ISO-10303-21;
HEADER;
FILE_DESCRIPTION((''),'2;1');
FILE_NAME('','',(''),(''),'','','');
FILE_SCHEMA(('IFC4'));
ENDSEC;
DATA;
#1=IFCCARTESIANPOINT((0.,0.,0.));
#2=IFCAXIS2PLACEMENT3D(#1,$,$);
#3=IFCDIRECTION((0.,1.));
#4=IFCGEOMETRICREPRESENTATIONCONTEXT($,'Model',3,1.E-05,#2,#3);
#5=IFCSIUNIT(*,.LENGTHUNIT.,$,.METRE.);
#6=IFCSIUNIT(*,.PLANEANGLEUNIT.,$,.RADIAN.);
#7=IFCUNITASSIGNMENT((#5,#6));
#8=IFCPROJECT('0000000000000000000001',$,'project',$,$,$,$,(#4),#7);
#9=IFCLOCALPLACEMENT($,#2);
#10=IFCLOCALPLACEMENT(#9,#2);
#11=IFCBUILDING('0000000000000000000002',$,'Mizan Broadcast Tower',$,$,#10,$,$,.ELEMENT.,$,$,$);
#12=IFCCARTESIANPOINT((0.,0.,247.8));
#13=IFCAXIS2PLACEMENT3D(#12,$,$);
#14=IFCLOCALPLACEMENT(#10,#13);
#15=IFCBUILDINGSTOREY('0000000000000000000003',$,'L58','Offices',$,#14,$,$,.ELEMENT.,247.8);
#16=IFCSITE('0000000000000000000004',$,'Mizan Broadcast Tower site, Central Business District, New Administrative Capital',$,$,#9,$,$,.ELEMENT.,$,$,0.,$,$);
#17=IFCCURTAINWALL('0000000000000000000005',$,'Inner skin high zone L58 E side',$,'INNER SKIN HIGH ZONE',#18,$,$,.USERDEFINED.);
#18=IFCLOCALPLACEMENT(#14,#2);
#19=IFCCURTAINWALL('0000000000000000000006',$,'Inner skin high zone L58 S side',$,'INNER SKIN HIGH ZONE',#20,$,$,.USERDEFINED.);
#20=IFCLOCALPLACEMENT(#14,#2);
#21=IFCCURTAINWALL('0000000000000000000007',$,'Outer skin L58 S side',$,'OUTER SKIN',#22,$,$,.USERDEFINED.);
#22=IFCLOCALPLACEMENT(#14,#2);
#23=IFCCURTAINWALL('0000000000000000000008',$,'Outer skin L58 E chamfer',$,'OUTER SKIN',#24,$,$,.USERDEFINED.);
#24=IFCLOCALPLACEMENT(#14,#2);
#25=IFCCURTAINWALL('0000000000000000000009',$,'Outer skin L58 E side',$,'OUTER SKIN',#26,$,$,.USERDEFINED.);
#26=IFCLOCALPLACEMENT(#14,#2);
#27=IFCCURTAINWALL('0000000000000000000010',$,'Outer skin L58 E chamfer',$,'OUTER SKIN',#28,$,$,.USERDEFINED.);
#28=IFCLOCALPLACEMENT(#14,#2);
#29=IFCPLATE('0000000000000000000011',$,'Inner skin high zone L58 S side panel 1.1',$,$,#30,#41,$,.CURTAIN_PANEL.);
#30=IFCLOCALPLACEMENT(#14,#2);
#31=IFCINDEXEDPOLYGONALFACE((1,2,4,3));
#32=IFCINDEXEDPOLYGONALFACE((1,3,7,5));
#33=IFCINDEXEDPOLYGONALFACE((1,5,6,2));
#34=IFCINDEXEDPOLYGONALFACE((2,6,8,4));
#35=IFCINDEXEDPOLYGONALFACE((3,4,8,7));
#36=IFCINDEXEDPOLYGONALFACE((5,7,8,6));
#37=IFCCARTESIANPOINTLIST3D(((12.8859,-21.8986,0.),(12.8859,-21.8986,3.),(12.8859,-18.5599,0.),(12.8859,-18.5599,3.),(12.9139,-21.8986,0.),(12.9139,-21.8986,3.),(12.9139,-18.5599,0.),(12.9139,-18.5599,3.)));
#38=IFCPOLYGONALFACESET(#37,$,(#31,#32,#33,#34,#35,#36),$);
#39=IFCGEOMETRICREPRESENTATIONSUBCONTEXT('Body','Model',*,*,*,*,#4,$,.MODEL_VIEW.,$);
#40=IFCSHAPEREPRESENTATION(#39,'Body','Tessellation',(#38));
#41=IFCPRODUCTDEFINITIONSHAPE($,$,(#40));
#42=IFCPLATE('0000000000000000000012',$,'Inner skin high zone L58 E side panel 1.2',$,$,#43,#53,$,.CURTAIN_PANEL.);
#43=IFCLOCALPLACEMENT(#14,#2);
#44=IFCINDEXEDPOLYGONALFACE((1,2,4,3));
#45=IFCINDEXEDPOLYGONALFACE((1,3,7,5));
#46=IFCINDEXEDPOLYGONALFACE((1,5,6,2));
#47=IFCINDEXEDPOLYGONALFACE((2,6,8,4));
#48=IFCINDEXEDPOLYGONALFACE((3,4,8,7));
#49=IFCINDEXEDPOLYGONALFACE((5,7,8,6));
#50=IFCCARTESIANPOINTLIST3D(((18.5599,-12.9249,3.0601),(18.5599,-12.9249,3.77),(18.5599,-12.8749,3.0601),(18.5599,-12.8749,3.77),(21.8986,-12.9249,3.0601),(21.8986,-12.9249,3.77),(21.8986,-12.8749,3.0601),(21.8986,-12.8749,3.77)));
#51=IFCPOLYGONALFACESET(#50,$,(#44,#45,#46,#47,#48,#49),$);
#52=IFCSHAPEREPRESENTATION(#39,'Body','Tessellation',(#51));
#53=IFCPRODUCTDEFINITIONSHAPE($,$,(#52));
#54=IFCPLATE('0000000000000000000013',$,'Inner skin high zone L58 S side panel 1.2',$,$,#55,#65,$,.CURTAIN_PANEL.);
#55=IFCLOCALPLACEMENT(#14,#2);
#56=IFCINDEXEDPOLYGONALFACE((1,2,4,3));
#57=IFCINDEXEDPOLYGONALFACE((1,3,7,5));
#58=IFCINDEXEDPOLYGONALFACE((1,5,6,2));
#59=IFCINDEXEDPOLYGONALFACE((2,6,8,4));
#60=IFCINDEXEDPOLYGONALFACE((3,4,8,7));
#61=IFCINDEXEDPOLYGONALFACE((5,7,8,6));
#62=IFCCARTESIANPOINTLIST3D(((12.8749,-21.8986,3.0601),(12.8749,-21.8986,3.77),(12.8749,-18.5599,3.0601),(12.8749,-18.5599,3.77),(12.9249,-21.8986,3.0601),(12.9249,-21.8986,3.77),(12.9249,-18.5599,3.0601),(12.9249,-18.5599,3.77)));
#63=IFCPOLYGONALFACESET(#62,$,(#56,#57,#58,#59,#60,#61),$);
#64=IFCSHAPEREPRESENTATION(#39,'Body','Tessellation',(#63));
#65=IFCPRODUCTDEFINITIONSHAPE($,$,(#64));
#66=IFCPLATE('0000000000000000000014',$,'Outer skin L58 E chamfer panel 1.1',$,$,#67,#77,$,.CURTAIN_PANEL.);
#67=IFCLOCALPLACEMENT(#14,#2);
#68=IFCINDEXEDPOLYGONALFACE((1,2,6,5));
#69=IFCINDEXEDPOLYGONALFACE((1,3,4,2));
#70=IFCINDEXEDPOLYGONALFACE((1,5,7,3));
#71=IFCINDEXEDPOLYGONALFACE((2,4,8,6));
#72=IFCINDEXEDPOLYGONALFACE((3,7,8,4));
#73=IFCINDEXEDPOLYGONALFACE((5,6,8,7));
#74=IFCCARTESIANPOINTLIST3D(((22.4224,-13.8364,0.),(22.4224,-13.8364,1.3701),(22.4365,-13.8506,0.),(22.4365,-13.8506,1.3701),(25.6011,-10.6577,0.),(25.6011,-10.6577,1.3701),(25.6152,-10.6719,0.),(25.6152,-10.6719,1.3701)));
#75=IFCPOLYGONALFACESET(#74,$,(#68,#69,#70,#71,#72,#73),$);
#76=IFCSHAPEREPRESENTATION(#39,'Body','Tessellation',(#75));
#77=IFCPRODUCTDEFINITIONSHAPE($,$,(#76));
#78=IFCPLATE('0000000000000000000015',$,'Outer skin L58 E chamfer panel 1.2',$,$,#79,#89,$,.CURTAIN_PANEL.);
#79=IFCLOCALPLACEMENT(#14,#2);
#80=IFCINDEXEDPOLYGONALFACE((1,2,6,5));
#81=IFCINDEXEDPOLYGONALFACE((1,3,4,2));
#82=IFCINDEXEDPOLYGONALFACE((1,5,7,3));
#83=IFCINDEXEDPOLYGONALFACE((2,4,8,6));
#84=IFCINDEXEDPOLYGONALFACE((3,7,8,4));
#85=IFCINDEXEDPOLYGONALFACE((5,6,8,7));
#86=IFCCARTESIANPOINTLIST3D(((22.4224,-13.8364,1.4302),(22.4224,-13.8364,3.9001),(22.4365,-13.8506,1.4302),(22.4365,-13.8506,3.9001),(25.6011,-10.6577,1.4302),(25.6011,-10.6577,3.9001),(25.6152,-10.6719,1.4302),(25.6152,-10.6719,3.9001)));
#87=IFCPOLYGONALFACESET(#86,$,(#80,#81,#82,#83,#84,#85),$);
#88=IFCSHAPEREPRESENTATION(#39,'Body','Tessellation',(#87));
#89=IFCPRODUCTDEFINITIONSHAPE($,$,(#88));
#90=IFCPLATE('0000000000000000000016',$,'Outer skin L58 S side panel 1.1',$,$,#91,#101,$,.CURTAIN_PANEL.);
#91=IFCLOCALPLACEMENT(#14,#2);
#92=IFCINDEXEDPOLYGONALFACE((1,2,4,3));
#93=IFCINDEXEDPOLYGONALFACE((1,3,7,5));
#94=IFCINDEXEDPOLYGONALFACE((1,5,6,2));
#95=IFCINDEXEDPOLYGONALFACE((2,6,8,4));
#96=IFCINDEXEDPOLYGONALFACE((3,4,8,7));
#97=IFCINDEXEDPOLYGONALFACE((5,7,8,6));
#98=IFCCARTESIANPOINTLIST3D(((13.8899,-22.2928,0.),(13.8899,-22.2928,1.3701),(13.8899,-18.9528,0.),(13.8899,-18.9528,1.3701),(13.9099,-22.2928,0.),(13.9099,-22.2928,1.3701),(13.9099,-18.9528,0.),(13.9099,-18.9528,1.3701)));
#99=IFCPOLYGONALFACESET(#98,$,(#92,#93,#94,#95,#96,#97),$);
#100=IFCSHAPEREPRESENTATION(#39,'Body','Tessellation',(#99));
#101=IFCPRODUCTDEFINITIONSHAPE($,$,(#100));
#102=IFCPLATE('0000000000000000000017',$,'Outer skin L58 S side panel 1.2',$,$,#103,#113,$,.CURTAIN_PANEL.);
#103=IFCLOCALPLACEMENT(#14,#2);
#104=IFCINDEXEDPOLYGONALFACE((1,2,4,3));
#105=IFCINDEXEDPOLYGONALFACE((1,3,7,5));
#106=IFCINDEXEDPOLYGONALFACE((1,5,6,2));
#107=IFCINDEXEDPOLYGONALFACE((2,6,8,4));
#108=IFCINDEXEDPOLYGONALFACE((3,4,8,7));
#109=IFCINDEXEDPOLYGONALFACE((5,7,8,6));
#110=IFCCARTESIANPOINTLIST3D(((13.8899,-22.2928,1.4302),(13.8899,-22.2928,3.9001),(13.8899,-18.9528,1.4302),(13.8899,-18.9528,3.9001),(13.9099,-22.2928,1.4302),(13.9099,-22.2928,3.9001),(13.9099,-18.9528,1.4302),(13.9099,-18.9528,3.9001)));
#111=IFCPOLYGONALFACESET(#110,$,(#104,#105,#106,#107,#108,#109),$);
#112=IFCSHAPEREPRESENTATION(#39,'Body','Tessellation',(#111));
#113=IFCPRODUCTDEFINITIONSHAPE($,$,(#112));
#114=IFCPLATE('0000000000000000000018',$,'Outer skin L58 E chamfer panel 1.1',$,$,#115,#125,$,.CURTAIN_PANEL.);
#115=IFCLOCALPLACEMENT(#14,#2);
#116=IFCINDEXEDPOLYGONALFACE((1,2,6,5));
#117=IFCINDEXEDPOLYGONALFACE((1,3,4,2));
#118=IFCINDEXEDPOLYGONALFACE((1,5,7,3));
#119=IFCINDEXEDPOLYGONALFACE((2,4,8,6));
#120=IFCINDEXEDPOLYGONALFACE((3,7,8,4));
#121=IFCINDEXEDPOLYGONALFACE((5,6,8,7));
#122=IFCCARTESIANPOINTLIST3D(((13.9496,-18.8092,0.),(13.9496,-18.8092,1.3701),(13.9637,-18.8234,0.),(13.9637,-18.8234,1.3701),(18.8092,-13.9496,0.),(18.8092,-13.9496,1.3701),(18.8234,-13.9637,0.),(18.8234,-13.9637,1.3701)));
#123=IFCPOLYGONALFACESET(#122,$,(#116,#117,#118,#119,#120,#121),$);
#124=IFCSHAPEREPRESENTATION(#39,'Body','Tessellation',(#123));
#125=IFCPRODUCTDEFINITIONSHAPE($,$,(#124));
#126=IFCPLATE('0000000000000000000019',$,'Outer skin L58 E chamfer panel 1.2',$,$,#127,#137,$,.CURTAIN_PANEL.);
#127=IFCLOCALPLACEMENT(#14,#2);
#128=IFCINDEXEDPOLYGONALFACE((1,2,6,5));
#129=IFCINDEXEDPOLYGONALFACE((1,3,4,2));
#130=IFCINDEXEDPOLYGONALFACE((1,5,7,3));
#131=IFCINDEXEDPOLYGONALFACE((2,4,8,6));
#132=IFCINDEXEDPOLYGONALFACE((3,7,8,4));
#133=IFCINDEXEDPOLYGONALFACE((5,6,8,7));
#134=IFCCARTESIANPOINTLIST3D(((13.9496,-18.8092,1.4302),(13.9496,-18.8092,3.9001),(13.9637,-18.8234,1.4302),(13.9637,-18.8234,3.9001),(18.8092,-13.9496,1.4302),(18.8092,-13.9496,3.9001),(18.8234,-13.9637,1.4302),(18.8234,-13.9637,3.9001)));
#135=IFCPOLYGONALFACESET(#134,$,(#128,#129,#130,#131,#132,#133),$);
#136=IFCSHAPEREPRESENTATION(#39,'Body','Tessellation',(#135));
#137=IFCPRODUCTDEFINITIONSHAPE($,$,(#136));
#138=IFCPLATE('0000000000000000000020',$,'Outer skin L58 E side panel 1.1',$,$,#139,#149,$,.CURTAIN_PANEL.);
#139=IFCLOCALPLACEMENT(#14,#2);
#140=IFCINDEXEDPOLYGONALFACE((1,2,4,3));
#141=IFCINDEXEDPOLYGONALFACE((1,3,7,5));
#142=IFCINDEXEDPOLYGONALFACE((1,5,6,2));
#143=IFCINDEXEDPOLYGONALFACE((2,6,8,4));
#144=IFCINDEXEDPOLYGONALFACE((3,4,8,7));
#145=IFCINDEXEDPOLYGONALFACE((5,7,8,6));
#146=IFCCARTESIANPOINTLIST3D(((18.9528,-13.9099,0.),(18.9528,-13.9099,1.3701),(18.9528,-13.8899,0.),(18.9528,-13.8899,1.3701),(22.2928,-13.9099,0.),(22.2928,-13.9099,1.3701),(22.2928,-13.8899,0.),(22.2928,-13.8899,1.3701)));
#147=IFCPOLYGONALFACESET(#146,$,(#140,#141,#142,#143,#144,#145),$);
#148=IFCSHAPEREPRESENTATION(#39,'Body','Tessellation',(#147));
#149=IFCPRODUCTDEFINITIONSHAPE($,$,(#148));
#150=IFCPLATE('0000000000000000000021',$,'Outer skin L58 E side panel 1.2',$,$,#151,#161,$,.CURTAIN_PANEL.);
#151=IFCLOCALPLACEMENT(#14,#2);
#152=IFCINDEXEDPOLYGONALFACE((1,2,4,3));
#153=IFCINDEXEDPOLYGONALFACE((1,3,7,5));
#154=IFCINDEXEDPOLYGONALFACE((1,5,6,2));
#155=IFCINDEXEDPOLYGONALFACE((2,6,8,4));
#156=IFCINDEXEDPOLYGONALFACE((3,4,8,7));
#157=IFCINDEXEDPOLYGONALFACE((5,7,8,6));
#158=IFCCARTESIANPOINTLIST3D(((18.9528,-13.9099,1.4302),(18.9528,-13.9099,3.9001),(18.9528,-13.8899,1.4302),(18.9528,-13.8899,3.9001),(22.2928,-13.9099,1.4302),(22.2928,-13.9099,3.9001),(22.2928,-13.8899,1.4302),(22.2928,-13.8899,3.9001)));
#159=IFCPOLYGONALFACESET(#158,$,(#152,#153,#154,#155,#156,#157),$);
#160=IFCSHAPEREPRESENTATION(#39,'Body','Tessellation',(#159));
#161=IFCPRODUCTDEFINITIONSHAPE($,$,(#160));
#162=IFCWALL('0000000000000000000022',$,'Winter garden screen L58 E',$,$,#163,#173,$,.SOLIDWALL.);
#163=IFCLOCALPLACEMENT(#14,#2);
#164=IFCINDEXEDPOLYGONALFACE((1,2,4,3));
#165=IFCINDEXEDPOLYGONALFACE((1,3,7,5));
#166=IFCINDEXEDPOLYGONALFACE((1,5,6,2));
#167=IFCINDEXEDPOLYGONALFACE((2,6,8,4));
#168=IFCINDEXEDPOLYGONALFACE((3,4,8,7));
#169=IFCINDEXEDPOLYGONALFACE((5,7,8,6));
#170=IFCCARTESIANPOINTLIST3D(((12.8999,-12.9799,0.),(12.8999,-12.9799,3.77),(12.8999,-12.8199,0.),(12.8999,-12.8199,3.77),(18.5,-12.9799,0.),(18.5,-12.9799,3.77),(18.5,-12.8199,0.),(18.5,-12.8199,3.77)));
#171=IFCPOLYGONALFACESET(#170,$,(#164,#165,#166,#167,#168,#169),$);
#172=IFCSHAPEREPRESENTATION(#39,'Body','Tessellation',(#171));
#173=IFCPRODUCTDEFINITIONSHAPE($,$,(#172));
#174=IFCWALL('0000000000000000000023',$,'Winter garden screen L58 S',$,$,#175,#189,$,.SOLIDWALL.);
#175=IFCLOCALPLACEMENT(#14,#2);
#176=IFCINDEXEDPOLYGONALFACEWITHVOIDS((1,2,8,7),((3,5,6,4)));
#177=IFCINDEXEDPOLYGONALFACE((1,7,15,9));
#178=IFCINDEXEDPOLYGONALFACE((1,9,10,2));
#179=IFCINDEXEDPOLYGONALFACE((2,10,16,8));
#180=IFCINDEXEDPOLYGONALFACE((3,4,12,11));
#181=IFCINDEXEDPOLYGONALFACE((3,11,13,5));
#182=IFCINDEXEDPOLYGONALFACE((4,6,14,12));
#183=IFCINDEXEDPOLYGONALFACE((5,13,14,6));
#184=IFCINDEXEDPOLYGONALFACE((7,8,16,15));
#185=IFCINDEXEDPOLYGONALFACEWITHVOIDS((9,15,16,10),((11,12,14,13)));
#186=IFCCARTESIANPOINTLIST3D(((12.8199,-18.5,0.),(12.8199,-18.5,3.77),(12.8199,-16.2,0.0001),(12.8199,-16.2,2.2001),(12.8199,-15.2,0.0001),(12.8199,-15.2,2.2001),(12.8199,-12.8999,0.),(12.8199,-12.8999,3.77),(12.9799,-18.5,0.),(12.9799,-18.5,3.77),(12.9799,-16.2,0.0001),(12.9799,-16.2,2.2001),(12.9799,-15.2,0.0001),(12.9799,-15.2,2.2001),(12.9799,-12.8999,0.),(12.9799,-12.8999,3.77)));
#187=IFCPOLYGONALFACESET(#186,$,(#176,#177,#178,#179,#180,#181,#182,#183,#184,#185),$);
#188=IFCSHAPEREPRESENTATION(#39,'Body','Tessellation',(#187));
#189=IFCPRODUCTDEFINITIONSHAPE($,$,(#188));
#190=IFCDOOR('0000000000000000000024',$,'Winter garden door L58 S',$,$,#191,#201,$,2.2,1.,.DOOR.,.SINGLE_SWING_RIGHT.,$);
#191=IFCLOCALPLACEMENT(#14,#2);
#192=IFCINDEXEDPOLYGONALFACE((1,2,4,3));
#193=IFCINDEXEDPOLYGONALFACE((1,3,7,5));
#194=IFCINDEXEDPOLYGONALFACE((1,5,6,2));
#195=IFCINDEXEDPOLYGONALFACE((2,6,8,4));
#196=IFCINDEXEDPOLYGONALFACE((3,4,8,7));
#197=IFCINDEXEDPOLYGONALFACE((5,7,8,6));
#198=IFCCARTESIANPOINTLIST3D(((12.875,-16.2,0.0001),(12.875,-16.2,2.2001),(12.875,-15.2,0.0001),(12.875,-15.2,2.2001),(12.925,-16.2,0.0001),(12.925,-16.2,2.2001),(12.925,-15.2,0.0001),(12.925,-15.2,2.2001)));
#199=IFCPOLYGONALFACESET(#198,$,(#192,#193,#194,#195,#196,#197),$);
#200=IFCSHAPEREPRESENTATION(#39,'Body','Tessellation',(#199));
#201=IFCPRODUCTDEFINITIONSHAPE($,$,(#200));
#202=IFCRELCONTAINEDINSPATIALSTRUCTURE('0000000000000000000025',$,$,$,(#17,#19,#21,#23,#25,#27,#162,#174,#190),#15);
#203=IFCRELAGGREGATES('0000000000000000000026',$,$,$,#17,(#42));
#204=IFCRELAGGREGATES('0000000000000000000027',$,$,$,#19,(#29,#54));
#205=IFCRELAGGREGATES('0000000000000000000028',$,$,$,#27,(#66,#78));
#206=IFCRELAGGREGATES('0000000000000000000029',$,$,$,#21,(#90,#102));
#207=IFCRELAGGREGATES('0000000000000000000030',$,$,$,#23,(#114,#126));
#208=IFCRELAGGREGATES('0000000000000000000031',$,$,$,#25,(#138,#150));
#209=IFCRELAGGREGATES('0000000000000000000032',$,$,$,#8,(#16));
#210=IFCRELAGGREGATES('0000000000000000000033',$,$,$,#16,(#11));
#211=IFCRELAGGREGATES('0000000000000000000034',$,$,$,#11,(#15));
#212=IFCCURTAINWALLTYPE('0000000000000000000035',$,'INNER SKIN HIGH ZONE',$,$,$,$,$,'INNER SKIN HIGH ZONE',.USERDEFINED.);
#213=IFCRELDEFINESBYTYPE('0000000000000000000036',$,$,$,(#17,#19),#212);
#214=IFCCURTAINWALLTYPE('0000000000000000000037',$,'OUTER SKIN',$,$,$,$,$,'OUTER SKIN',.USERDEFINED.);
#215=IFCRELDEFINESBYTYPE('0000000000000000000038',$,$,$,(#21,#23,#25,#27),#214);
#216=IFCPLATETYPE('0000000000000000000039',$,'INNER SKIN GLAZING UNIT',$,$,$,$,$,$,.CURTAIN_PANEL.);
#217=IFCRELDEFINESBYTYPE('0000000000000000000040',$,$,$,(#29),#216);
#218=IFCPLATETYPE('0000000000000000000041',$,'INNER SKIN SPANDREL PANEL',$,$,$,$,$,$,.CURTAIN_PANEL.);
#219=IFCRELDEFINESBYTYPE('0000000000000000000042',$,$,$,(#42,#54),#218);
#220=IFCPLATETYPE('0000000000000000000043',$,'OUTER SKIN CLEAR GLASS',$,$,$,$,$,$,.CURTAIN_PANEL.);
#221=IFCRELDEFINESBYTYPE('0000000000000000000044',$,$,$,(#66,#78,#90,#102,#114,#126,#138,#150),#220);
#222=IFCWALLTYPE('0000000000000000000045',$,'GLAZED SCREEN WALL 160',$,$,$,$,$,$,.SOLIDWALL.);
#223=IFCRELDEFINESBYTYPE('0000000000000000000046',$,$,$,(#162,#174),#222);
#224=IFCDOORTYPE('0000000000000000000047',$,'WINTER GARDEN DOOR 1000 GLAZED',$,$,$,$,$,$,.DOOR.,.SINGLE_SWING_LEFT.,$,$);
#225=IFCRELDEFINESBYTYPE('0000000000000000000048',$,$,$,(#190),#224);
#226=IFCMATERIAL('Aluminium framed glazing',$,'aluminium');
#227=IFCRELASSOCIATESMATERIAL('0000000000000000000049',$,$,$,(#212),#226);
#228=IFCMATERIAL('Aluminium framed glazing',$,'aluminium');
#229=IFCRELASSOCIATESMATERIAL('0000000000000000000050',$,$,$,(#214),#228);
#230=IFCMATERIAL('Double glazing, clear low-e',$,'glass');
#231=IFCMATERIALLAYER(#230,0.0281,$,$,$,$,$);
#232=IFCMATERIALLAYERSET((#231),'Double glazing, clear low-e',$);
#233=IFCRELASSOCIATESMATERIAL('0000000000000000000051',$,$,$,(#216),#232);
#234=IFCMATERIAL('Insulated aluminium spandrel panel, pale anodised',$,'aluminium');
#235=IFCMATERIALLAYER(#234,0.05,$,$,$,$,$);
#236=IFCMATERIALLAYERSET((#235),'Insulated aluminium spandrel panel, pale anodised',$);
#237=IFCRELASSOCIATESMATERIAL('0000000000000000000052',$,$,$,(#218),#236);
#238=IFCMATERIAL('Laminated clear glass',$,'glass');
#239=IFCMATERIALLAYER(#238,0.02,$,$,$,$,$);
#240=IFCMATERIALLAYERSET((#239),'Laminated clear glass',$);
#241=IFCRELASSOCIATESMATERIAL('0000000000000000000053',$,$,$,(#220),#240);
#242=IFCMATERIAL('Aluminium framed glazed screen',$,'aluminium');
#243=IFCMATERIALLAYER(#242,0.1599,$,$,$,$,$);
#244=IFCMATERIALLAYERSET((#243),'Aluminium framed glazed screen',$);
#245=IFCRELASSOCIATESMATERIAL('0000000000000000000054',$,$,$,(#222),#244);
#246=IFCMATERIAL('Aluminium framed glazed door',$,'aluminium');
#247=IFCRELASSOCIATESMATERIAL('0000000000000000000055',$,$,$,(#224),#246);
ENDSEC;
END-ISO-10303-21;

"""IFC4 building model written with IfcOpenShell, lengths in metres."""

from ifc_helpers import new_model, si_unit, direction, frame, frame_2d, origin, origin_2d, place, context, subcontext, project, spatial, rectangle, extrude, material, layer, layer_set, type_object, element, fill, aggregate, save


model = new_model("IFC4")

# Units and contexts
model_context = context("Model", 3, precision=1e-05, world=origin(), true_north=direction((0.0, 1.0)))
body_context = subcontext(model_context, "Body", "Model", "MODEL_VIEW")
ifc_project = project(units=[si_unit("LENGTHUNIT", "METRE"), si_unit("PLANEANGLEUNIT", "RADIAN")], contexts=[model_context])

# Site, building, storey
site_placement = place(None, origin())
site = spatial("IfcSite", under=ifc_project, at=site_placement, Name="Mizan Broadcast Tower site, Central Business District, New Administrative Capital", CompositionType="ELEMENT", RefElevation=0.0)
building_placement = place(site_placement, origin())
building = spatial("IfcBuilding", under=site, at=building_placement, Name="Mizan Broadcast Tower", CompositionType="ELEMENT")
storey_placement = place(building_placement, frame((0.0, 0.0, 247.8)))
storey = spatial("IfcBuildingStorey", under=building, at=storey_placement, Name="L58", Description="Offices", CompositionType="ELEMENT", Elevation=247.8)

# Curtain walls
ifc_material_1 = material(Name="Aluminium framed glazing", Category="aluminium")
curtain_wall_type_1 = type_object("IfcCurtainWallType", Name="INNER SKIN HIGH ZONE", ElementType="INNER SKIN HIGH ZONE", PredefinedType="USERDEFINED", material=ifc_material_1)
curtain_wall_1_placement = place(storey_placement, origin())
curtain_wall_1 = element("IfcCurtainWall", 1, at=curtain_wall_1_placement, inside=storey, type_object=curtain_wall_type_1, Name="Inner skin high zone L58 E side", ObjectType="INNER SKIN HIGH ZONE", PredefinedType="USERDEFINED")
curtain_wall_2_placement = place(storey_placement, origin())
curtain_wall_2 = element("IfcCurtainWall", 2, at=curtain_wall_2_placement, inside=storey, type_object=curtain_wall_type_1, Name="Inner skin high zone L58 S side", ObjectType="INNER SKIN HIGH ZONE", PredefinedType="USERDEFINED")

# Curtain walls
ifc_material_2 = material(Name="Aluminium framed glazing", Category="aluminium")
curtain_wall_type_2 = type_object("IfcCurtainWallType", Name="OUTER SKIN", ElementType="OUTER SKIN", PredefinedType="USERDEFINED", material=ifc_material_2)
curtain_wall_3_placement = place(storey_placement, origin())
curtain_wall_3 = element("IfcCurtainWall", 3, at=curtain_wall_3_placement, inside=storey, type_object=curtain_wall_type_2, Name="Outer skin L58 S side", ObjectType="OUTER SKIN", PredefinedType="USERDEFINED")
curtain_wall_4_placement = place(storey_placement, origin())
curtain_wall_4 = element("IfcCurtainWall", 4, at=curtain_wall_4_placement, inside=storey, type_object=curtain_wall_type_2, Name="Outer skin L58 E chamfer", ObjectType="OUTER SKIN", PredefinedType="USERDEFINED")
curtain_wall_5_placement = place(storey_placement, origin())
curtain_wall_5 = element("IfcCurtainWall", 5, at=curtain_wall_5_placement, inside=storey, type_object=curtain_wall_type_2, Name="Outer skin L58 E side", ObjectType="OUTER SKIN", PredefinedType="USERDEFINED")
curtain_wall_6_placement = place(storey_placement, origin())
curtain_wall_6 = element("IfcCurtainWall", 6, at=curtain_wall_6_placement, inside=storey, type_object=curtain_wall_type_2, Name="Outer skin L58 E chamfer", ObjectType="OUTER SKIN", PredefinedType="USERDEFINED")

# Plates
ifc_material_3 = material(Name="Double glazing, clear low-e", Category="glass")
ifc_layer_1 = layer(ifc_material_3, 0.0281)
ifc_layer_set_1 = layer_set([ifc_layer_1], Name="Double glazing, clear low-e")
plate_type_1 = type_object("IfcPlateType", Name="INNER SKIN GLAZING UNIT", PredefinedType="CURTAIN_PANEL", material=ifc_layer_set_1)
plate_1_placement = place(storey_placement, frame((12.8999, -20.2292, 0.0), z_axis=(0.0, 0.0, 1.0), x_axis=(0.0, 1.0, 0.0)))
plate_1 = element("IfcPlate", 7, at=plate_1_placement, type_object=plate_type_1, Name="Inner skin high zone L58 S side panel 1.1", PredefinedType="CURTAIN_PANEL", context=body_context, shape_type="SweptSolid", body=[
    extrude(rectangle(XDim=3.3386, YDim=0.0281, at=origin_2d()), origin(), (0.0, 0.0, 1.0), 3.0),
])
ifc_material_4 = material(Name="Insulated aluminium spandrel panel, pale anodised", Category="aluminium")
ifc_layer_2 = layer(ifc_material_4, 0.05)
ifc_layer_set_2 = layer_set([ifc_layer_2], Name="Insulated aluminium spandrel panel, pale anodised")
plate_type_2 = type_object("IfcPlateType", Name="INNER SKIN SPANDREL PANEL", PredefinedType="CURTAIN_PANEL", material=ifc_layer_set_2)
plate_2_placement = place(storey_placement, frame((20.2292, -12.8999, 3.0601), z_axis=(0.0, 0.0, 1.0), x_axis=(1.0, 0.0, 0.0)))
plate_2 = element("IfcPlate", 8, at=plate_2_placement, type_object=plate_type_2, Name="Inner skin high zone L58 E side panel 1.2", PredefinedType="CURTAIN_PANEL", context=body_context, shape_type="SweptSolid", body=[
    extrude(rectangle(XDim=3.3386, YDim=0.05, at=origin_2d()), origin(), (0.0, 0.0, 1.0), 0.71),
])
aggregate(curtain_wall_1, [plate_2])
plate_3_placement = place(storey_placement, frame((12.8999, -20.2292, 3.0601), z_axis=(0.0, 0.0, 1.0), x_axis=(0.0, 1.0, 0.0)))
plate_3 = element("IfcPlate", 9, at=plate_3_placement, type_object=plate_type_2, Name="Inner skin high zone L58 S side panel 1.2", PredefinedType="CURTAIN_PANEL", context=body_context, shape_type="SweptSolid", body=[
    extrude(rectangle(XDim=3.3386, YDim=0.05, at=origin_2d()), origin(), (0.0, 0.0, 1.0), 0.71),
])
aggregate(curtain_wall_2, [plate_1, plate_3])
ifc_material_5 = material(Name="Laminated clear glass", Category="glass")
ifc_layer_3 = layer(ifc_material_5, 0.02)
ifc_layer_set_3 = layer_set([ifc_layer_3], Name="Laminated clear glass")
plate_type_3 = type_object("IfcPlateType", Name="OUTER SKIN CLEAR GLASS", PredefinedType="CURTAIN_PANEL", material=ifc_layer_set_3)
plate_4_placement = place(storey_placement, frame((24.0188, -12.2542, 0.0), z_axis=(0.0, 0.0, 1.0), x_axis=(0.707107, 0.707107, 0.0)))
plate_4 = element("IfcPlate", 10, at=plate_4_placement, type_object=plate_type_3, Name="Outer skin L58 E chamfer panel 1.1", PredefinedType="CURTAIN_PANEL", context=body_context, shape_type="SweptSolid", body=[
    extrude(rectangle(XDim=4.4954, YDim=0.02, at=origin_2d()), origin(), (0.0, 0.0, 1.0), 1.3701),
])
plate_5_placement = place(storey_placement, frame((24.0188, -12.2542, 1.4302), z_axis=(0.0, 0.0, 1.0), x_axis=(0.707107, 0.707107, 0.0)))
plate_5 = element("IfcPlate", 11, at=plate_5_placement, type_object=plate_type_3, Name="Outer skin L58 E chamfer panel 1.2", PredefinedType="CURTAIN_PANEL", context=body_context, shape_type="SweptSolid", body=[
    extrude(rectangle(XDim=4.4954, YDim=0.02, at=origin_2d()), origin(), (0.0, 0.0, 1.0), 2.47),
])
aggregate(curtain_wall_6, [plate_4, plate_5])
plate_6_placement = place(storey_placement, frame((13.8999, -20.6228, 0.0), z_axis=(0.0, 0.0, 1.0), x_axis=(0.0, 1.0, 0.0)))
plate_6 = element("IfcPlate", 12, at=plate_6_placement, type_object=plate_type_3, Name="Outer skin L58 S side panel 1.1", PredefinedType="CURTAIN_PANEL", context=body_context, shape_type="SweptSolid", body=[
    extrude(rectangle(XDim=3.3401, YDim=0.02, at=origin_2d()), origin(), (0.0, 0.0, 1.0), 1.3701),
])
plate_7_placement = place(storey_placement, frame((13.8999, -20.6228, 1.4302), z_axis=(0.0, 0.0, 1.0), x_axis=(0.0, 1.0, 0.0)))
plate_7 = element("IfcPlate", 13, at=plate_7_placement, type_object=plate_type_3, Name="Outer skin L58 S side panel 1.2", PredefinedType="CURTAIN_PANEL", context=body_context, shape_type="SweptSolid", body=[
    extrude(rectangle(XDim=3.3401, YDim=0.02, at=origin_2d()), origin(), (0.0, 0.0, 1.0), 2.47),
])
aggregate(curtain_wall_3, [plate_6, plate_7])
plate_8_placement = place(storey_placement, frame((16.3865, -16.3865, 0.0), z_axis=(0.0, 0.0, 1.0), x_axis=(0.707107, 0.707107, 0.0)))
plate_8 = element("IfcPlate", 14, at=plate_8_placement, type_object=plate_type_3, Name="Outer skin L58 E chamfer panel 1.1", PredefinedType="CURTAIN_PANEL", context=body_context, shape_type="SweptSolid", body=[
    extrude(rectangle(XDim=6.8726, YDim=0.02, at=origin_2d()), origin(), (0.0, 0.0, 1.0), 1.3701),
])
plate_9_placement = place(storey_placement, frame((16.3865, -16.3865, 1.4302), z_axis=(0.0, 0.0, 1.0), x_axis=(0.707107, 0.707107, 0.0)))
plate_9 = element("IfcPlate", 15, at=plate_9_placement, type_object=plate_type_3, Name="Outer skin L58 E chamfer panel 1.2", PredefinedType="CURTAIN_PANEL", context=body_context, shape_type="SweptSolid", body=[
    extrude(rectangle(XDim=6.8726, YDim=0.02, at=origin_2d()), origin(), (0.0, 0.0, 1.0), 2.47),
])
aggregate(curtain_wall_4, [plate_8, plate_9])
plate_10_placement = place(storey_placement, frame((20.6228, -13.8999, 0.0), z_axis=(0.0, 0.0, 1.0), x_axis=(1.0, 0.0, 0.0)))
plate_10 = element("IfcPlate", 16, at=plate_10_placement, type_object=plate_type_3, Name="Outer skin L58 E side panel 1.1", PredefinedType="CURTAIN_PANEL", context=body_context, shape_type="SweptSolid", body=[
    extrude(rectangle(XDim=3.3401, YDim=0.02, at=origin_2d()), origin(), (0.0, 0.0, 1.0), 1.3701),
])
plate_11_placement = place(storey_placement, frame((20.6228, -13.8999, 1.4302), z_axis=(0.0, 0.0, 1.0), x_axis=(1.0, 0.0, 0.0)))
plate_11 = element("IfcPlate", 17, at=plate_11_placement, type_object=plate_type_3, Name="Outer skin L58 E side panel 1.2", PredefinedType="CURTAIN_PANEL", context=body_context, shape_type="SweptSolid", body=[
    extrude(rectangle(XDim=3.3401, YDim=0.02, at=origin_2d()), origin(), (0.0, 0.0, 1.0), 2.47),
])
aggregate(curtain_wall_5, [plate_10, plate_11])

# Wall
ifc_material_6 = material(Name="Aluminium framed glazed screen", Category="aluminium")
ifc_layer_4 = layer(ifc_material_6, 0.1599)
ifc_layer_set_4 = layer_set([ifc_layer_4], Name="Aluminium framed glazed screen")
wall_type = type_object("IfcWallType", Name="GLAZED SCREEN WALL 160", PredefinedType="SOLIDWALL", material=ifc_layer_set_4)
wall_1_placement = place(storey_placement, frame((12.8999, -12.8999, 0.0), z_axis=(0.0, 0.0, 1.0), x_axis=(1.0, 0.0, 0.0)))
element("IfcWall", 18, at=wall_1_placement, inside=storey, type_object=wall_type, Name="Winter garden screen L58 E", PredefinedType="SOLIDWALL", context=body_context, shape_type="SweptSolid", body=[
    extrude(rectangle(XDim=5.6001, YDim=0.1599, at=frame_2d((2.8, 0.0))), origin(), (0.0, 0.0, 1.0), 3.77),
])

# Wall, opening, door
wall_2_placement = place(storey_placement, frame((12.8999, -18.5, 0.0), z_axis=(0.0, 0.0, 1.0), x_axis=(0.0, 1.0, 0.0)))
wall_2 = element("IfcWall", 19, at=wall_2_placement, inside=storey, type_object=wall_type, Name="Winter garden screen L58 S", PredefinedType="SOLIDWALL", context=body_context, shape_type="SweptSolid", body=[
    extrude(rectangle(XDim=5.6001, YDim=0.1599, at=frame_2d((2.8, 0.0))), origin(), (0.0, 0.0, 1.0), 3.77),
])
opening_placement = place(wall_2_placement, frame((2.3, 0.0, 0.0)))
opening = element("IfcOpeningElement", 20, at=opening_placement, cuts=wall_2, PredefinedType="OPENING", context=body_context, shape_type="SweptSolid", body=[
    extrude(rectangle(XDim=1.0, YDim=2.2, at=frame_2d((0.5, 1.1001))), frame((0.0, 0.0898, 0.0), z_axis=(0.0, -1.0, 0.0), x_axis=(1.0, 0.0, 0.0)), (0.0, 0.0, 1.0), 0.1799),
])
ifc_material_7 = material(Name="Aluminium framed glazed door", Category="aluminium")
door_type = type_object("IfcDoorType", Name="WINTER GARDEN DOOR 1000 GLAZED", OperationType="SINGLE_SWING_LEFT", PredefinedType="DOOR", material=ifc_material_7)
door_placement = place(opening_placement, origin())
door = element("IfcDoor", 21, at=door_placement, inside=storey, type_object=door_type, Name="Winter garden door L58 S", OperationType="SINGLE_SWING_RIGHT", OverallHeight=2.2, OverallWidth=1.0, PredefinedType="DOOR", context=body_context, shape_type="SweptSolid", body=[
    extrude(rectangle(XDim=1.0, YDim=2.2, at=frame_2d((0.5, 1.1001))), frame((0.0, 0.0249, 0.0), z_axis=(0.0, -1.0, 0.0), x_axis=(1.0, 0.0, 0.0)), (0.0, 0.0, 1.0), 0.05),
])
fill(opening, door)

save(model, "model.ifc")
